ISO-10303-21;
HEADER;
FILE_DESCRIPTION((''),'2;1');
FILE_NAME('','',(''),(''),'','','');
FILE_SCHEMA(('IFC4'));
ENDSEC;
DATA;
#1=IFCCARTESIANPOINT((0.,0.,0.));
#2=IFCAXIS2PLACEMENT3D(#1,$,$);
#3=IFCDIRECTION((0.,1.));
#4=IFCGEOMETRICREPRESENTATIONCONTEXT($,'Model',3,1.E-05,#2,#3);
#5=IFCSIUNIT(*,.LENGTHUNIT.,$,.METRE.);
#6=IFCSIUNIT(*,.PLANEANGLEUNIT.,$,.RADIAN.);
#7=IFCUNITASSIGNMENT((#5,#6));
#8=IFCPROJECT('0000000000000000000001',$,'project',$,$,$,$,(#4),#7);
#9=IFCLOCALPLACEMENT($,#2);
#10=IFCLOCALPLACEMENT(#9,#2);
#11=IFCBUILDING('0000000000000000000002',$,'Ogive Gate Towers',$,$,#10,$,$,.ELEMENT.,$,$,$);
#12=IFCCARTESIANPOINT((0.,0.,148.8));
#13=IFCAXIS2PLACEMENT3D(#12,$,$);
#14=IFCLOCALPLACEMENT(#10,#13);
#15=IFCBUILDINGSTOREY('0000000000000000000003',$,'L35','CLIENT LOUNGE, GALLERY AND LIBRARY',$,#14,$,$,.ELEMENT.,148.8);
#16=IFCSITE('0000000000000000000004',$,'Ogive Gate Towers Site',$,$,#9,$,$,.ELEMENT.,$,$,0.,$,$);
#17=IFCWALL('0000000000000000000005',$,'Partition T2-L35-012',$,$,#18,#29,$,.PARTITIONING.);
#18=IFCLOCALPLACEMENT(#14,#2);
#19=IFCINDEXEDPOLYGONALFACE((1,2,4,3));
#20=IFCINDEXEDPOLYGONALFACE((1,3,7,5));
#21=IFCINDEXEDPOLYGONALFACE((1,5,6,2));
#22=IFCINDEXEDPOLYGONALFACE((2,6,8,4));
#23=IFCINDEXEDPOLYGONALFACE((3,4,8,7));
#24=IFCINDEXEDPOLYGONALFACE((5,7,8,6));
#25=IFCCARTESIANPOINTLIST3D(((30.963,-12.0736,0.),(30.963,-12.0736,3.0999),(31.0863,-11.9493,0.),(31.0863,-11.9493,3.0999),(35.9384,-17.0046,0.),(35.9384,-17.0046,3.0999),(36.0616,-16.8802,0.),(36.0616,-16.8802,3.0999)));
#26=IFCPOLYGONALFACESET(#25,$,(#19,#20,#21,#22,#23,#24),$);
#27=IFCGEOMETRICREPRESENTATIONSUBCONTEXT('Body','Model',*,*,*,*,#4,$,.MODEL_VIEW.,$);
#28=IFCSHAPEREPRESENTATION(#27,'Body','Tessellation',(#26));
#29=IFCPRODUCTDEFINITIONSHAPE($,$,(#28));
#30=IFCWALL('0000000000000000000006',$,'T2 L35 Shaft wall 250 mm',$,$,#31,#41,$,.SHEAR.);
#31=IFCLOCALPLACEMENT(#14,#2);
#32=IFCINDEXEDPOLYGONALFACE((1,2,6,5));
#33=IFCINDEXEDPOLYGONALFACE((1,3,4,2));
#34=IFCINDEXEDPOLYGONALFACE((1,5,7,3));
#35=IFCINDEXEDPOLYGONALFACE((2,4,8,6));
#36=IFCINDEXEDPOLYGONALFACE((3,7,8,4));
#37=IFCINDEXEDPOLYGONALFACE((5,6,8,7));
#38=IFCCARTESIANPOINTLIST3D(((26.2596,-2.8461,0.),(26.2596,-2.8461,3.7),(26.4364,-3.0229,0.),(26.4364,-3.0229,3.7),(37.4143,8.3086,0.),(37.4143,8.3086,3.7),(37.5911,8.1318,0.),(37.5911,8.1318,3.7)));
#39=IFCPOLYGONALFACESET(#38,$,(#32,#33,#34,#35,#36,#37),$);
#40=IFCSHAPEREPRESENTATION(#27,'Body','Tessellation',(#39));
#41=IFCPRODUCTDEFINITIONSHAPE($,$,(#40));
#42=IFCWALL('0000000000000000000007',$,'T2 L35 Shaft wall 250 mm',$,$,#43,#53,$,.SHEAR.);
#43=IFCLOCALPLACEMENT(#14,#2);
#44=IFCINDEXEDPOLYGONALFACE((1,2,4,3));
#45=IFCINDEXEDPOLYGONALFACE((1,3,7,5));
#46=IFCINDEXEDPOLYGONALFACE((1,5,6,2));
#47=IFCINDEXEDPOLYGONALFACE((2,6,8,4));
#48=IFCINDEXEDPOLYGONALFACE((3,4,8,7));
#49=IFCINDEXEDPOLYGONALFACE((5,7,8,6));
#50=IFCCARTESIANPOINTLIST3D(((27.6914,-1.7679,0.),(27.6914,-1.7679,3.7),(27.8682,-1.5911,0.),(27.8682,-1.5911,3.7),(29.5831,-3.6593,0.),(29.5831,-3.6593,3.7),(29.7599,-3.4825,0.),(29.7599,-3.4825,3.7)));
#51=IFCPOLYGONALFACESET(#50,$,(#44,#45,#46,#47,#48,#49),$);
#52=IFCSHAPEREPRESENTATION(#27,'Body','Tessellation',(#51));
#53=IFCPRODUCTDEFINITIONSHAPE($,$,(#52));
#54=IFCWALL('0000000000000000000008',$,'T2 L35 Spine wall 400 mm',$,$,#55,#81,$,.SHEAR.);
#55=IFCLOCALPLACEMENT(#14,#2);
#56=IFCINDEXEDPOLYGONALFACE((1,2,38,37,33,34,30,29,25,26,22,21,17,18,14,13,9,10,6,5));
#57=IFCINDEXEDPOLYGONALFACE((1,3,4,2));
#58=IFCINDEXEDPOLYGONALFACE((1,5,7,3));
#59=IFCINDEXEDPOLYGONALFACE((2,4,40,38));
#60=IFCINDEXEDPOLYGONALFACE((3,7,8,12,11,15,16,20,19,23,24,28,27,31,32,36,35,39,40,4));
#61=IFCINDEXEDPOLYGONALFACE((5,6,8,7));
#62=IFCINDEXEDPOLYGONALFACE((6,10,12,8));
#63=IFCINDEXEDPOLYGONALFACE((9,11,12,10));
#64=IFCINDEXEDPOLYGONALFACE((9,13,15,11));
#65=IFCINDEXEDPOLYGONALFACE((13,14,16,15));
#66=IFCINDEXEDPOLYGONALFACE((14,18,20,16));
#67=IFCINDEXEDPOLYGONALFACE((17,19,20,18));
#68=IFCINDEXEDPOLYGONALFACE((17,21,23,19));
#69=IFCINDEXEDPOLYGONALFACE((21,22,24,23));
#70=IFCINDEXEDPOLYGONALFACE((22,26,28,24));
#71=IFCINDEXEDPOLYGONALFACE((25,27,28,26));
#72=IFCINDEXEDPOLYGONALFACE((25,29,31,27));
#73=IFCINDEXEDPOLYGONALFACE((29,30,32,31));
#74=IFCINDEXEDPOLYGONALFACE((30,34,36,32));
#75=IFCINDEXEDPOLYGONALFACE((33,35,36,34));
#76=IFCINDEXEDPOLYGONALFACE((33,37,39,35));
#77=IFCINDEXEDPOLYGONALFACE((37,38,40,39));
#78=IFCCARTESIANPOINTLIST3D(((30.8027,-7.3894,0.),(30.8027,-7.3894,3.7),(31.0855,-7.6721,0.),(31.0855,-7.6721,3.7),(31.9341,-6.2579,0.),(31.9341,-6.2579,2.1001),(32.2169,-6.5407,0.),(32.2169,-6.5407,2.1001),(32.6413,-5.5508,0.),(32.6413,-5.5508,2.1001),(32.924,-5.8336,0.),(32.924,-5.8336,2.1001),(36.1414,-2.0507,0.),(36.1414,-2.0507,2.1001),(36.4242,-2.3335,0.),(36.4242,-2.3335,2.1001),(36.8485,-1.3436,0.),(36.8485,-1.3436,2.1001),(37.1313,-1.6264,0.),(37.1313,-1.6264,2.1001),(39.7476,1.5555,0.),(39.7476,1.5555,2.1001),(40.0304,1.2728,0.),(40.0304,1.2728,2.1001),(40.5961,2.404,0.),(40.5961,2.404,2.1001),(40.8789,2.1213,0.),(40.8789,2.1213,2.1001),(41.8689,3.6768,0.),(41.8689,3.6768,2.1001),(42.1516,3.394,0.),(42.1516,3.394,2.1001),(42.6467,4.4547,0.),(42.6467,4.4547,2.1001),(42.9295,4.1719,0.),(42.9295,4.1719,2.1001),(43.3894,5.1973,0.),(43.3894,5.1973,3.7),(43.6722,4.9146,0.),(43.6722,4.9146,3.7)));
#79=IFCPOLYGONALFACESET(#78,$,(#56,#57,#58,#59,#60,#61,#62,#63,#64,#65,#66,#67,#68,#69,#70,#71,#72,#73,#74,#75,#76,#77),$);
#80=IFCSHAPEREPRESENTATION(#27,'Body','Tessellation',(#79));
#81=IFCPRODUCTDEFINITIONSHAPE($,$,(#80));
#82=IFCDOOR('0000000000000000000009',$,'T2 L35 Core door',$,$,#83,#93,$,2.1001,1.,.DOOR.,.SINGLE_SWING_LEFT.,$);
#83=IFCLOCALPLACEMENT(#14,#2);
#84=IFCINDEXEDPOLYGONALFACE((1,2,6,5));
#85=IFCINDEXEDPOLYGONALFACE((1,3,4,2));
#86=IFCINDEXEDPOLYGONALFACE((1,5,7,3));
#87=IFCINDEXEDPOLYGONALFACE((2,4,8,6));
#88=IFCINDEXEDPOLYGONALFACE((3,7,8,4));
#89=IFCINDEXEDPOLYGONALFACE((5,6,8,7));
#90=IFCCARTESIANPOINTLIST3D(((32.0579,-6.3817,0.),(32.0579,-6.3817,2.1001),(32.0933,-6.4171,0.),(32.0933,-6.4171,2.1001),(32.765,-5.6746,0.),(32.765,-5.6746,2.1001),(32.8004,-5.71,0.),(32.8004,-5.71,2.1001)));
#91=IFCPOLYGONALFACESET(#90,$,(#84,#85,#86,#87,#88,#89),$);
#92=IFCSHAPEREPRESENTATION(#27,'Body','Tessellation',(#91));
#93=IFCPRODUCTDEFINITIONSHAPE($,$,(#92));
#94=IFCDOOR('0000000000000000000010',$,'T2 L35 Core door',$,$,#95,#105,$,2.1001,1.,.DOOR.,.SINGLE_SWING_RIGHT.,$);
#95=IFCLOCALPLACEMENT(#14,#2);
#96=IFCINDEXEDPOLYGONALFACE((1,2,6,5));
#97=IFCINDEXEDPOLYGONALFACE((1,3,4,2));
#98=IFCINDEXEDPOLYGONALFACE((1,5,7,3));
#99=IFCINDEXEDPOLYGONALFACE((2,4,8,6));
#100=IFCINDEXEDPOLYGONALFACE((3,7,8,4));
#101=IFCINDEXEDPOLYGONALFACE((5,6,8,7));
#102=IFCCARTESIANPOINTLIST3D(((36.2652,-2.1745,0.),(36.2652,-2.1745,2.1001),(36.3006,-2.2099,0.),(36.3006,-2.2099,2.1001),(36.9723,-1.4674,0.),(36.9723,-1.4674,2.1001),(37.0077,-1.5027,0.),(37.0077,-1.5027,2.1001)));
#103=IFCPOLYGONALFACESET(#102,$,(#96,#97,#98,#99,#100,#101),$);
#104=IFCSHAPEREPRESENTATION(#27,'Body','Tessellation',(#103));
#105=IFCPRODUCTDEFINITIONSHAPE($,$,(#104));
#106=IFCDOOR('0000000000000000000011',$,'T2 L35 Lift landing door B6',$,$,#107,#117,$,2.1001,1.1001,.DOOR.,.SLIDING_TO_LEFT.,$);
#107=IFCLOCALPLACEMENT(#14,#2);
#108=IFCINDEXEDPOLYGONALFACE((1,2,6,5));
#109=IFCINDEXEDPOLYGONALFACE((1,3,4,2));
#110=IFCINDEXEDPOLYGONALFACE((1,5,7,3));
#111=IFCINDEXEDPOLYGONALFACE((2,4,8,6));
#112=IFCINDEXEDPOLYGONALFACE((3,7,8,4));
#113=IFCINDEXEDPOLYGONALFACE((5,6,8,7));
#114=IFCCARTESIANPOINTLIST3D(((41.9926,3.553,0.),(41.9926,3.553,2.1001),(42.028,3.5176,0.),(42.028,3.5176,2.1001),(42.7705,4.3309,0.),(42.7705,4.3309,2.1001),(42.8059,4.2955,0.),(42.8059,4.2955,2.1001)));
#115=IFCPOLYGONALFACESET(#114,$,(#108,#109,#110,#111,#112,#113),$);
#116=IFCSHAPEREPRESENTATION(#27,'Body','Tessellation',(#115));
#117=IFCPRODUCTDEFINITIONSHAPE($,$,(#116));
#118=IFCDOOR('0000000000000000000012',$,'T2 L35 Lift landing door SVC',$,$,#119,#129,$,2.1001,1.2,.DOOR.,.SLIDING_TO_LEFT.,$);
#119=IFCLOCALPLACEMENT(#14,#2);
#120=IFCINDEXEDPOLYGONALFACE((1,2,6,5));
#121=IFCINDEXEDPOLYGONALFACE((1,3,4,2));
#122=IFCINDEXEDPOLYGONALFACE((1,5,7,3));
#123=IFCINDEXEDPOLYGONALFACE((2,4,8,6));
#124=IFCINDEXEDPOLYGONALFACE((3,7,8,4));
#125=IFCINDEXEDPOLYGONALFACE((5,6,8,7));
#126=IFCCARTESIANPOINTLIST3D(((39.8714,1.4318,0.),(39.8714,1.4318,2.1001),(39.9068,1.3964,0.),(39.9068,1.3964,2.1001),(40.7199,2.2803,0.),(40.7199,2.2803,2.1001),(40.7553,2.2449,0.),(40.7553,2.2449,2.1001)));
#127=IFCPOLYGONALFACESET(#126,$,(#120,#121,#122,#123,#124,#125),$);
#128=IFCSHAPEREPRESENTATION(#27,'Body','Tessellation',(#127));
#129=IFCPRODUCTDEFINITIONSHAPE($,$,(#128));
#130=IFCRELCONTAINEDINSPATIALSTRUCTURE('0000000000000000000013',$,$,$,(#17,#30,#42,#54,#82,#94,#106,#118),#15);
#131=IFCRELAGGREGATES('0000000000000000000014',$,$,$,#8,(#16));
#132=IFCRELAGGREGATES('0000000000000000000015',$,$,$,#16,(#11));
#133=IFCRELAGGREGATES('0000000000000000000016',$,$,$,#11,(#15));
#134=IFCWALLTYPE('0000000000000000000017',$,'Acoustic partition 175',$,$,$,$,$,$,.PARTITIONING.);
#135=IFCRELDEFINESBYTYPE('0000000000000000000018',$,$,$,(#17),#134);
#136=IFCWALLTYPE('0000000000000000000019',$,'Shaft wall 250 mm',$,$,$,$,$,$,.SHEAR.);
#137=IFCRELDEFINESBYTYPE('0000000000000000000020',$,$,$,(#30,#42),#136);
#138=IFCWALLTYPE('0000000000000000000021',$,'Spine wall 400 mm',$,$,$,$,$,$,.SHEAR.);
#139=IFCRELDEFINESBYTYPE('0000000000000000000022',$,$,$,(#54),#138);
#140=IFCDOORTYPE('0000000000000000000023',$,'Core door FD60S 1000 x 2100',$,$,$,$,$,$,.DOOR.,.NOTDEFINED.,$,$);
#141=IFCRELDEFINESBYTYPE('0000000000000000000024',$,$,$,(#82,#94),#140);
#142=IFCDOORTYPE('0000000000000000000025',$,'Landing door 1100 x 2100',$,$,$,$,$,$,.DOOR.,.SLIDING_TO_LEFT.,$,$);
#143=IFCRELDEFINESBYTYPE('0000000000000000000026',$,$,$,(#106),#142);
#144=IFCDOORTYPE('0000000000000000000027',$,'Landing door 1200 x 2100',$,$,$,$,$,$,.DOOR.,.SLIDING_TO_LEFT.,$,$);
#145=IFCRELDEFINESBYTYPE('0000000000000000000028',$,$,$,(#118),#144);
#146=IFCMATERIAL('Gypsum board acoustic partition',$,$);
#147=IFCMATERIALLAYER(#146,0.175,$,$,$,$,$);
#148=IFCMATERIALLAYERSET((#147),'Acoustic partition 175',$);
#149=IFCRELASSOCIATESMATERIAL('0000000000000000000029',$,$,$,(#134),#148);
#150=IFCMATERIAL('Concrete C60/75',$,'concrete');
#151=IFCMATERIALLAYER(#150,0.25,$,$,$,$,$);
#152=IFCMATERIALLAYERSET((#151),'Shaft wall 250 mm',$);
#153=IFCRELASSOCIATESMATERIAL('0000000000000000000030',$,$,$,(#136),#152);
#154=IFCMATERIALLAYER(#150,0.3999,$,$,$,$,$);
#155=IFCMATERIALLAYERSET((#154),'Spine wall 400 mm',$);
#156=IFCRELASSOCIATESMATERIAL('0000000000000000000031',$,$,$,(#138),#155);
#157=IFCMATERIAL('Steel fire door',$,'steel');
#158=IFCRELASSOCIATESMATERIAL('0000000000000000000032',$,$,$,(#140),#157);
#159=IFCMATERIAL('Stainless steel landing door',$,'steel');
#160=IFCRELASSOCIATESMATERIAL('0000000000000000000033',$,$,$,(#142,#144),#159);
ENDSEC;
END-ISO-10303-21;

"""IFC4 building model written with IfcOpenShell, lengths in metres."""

from ifc_helpers import new_model, si_unit, direction, frame, frame_2d, origin, place, context, subcontext, project, spatial, rectangle, extrude, material, layer, layer_set, type_object, element, fill, save


model = new_model("IFC4")

# Units and contexts
model_context = context("Model", 3, precision=1e-05, world=origin(), true_north=direction((0.0, 1.0)))
body_context = subcontext(model_context, "Body", "Model", "MODEL_VIEW")
ifc_project = project(units=[si_unit("LENGTHUNIT", "METRE"), si_unit("PLANEANGLEUNIT", "RADIAN")], contexts=[model_context])

# Site, building, storey
site_placement = place(None, origin())
site = spatial("IfcSite", under=ifc_project, at=site_placement, Name="Ogive Gate Towers Site", CompositionType="ELEMENT", RefElevation=0.0)
building_placement = place(site_placement, origin())
building = spatial("IfcBuilding", under=site, at=building_placement, Name="Ogive Gate Towers", CompositionType="ELEMENT")
storey_placement = place(building_placement, frame((0.0, 0.0, 148.8)))
storey = spatial("IfcBuildingStorey", under=building, at=storey_placement, Name="L35", Description="CLIENT LOUNGE, GALLERY AND LIBRARY", CompositionType="ELEMENT", Elevation=148.8)

# Shared definitions
ifc_material_1 = material(Name="Gypsum board acoustic partition")
ifc_layer_1 = layer(ifc_material_1, 0.175)
ifc_layer_set_1 = layer_set([ifc_layer_1], Name="Acoustic partition 175")
wall_type_1 = type_object("IfcWallType", Name="Acoustic partition 175", PredefinedType="PARTITIONING", material=ifc_layer_set_1)

# Walls
wall_1_placement = place(storey_placement, frame((31.0247, -12.0115, 0.0), z_axis=(0.0, 0.0, 1.0), x_axis=(0.710271, -0.703928, 0.0)))
element("IfcWall", 1, at=wall_1_placement, inside=storey, type_object=wall_type_1, Name="Partition T2-L35-012", PredefinedType="PARTITIONING", context=body_context, shape_type="SweptSolid", body=[
    extrude(rectangle(XDim=7.0049, YDim=0.175, at=frame_2d((3.5024, 0.0))), origin(), (0.0, 0.0, 1.0), 3.0999),
])
ifc_material_2 = material(Name="Concrete C60/75", Category="concrete")
ifc_layer_2 = layer(ifc_material_2, 0.25)
ifc_layer_set_2 = layer_set([ifc_layer_2], Name="Shaft wall 250 mm")
wall_type_2 = type_object("IfcWallType", Name="Shaft wall 250 mm", PredefinedType="SHEAR", material=ifc_layer_set_2)
wall_2_placement = place(storey_placement, frame((26.3479, -2.9346, 0.0), z_axis=(0.0, 0.0, 1.0), x_axis=(0.707107, 0.707107, 0.0)))
element("IfcWall", 2, at=wall_2_placement, inside=storey, type_object=wall_type_2, Name="T2 L35 Shaft wall 250 mm", PredefinedType="SHEAR", context=body_context, shape_type="SweptSolid", body=[
    extrude(rectangle(XDim=15.7751, YDim=0.25, at=frame_2d((7.8877, 0.0))), origin(), (0.0, 0.0, 1.0), 3.7),
])
wall_3_placement = place(storey_placement, frame((29.6714, -3.5708, 0.0), z_axis=(0.0, 0.0, 1.0), x_axis=(-0.707152, 0.707061, 0.0)))
element("IfcWall", 3, at=wall_3_placement, inside=storey, type_object=wall_type_2, Name="T2 L35 Shaft wall 250 mm", PredefinedType="SHEAR", context=body_context, shape_type="SweptSolid", body=[
    extrude(rectangle(XDim=2.675, YDim=0.25, at=frame_2d((1.3374, 0.0))), origin(), (0.0, 0.0, 1.0), 3.7),
])

# Wall, openings, doors
ifc_layer_3 = layer(ifc_material_2, 0.3999)
ifc_layer_set_3 = layer_set([ifc_layer_3], Name="Spine wall 400 mm")
wall_type_3 = type_object("IfcWallType", Name="Spine wall 400 mm", PredefinedType="SHEAR", material=ifc_layer_set_3)
wall_4_placement = place(storey_placement, frame((30.9441, -7.5308, 0.0), z_axis=(0.0, 0.0, 1.0), x_axis=(0.707107, 0.707107, 0.0)))
wall_4 = element("IfcWall", 4, at=wall_4_placement, inside=storey, type_object=wall_type_3, Name="T2 L35 Spine wall 400 mm", PredefinedType="SHEAR", context=body_context, shape_type="SweptSolid", body=[
    extrude(rectangle(XDim=17.8003, YDim=0.3999, at=frame_2d((8.9001, 0.0))), origin(), (0.0, 0.0, 1.0), 3.7),
])
opening_1_placement = place(wall_4_placement, frame((12.6499, 0.0, 0.0)))
opening_1 = element("IfcOpeningElement", 5, at=opening_1_placement, cuts=wall_4, PredefinedType="OPENING", context=body_context, shape_type="SweptSolid", body=[
    extrude(rectangle(XDim=1.2, YDim=2.1001, at=frame_2d((0.6001, 1.05))), frame((0.0, 0.21, 0.0), z_axis=(0.0, -1.0, 0.0), x_axis=(1.0, 0.0, 0.0)), (0.0, 0.0, 1.0), 0.4199),
])
opening_2_placement = place(wall_4_placement, frame((15.6499, 0.0, 0.0)))
opening_2 = element("IfcOpeningElement", 6, at=opening_2_placement, cuts=wall_4, PredefinedType="OPENING", context=body_context, shape_type="SweptSolid", body=[
    extrude(rectangle(XDim=1.1001, YDim=2.1001, at=frame_2d((0.55, 1.05))), frame((0.0, 0.21, 0.0), z_axis=(0.0, -1.0, 0.0), x_axis=(1.0, 0.0, 0.0)), (0.0, 0.0, 1.0), 0.4199),
])
opening_3_placement = place(wall_4_placement, frame((1.6001, 0.0, 0.0)))
opening_3 = element("IfcOpeningElement", 7, at=opening_3_placement, cuts=wall_4, PredefinedType="OPENING", context=body_context, shape_type="SweptSolid", body=[
    extrude(rectangle(XDim=1.0, YDim=2.1001, at=frame_2d((0.5, 1.05))), frame((0.0, 0.21, 0.0), z_axis=(0.0, -1.0, 0.0), x_axis=(1.0, 0.0, 0.0)), (0.0, 0.0, 1.0), 0.4199),
])
opening_4_placement = place(wall_4_placement, frame((7.55, 0.0, 0.0)))
opening_4 = element("IfcOpeningElement", 8, at=opening_4_placement, cuts=wall_4, PredefinedType="OPENING", context=body_context, shape_type="SweptSolid", body=[
    extrude(rectangle(XDim=1.0, YDim=2.1001, at=frame_2d((0.5, 1.05))), frame((0.0, 0.21, 0.0), z_axis=(0.0, -1.0, 0.0), x_axis=(1.0, 0.0, 0.0)), (0.0, 0.0, 1.0), 0.4199),
])
ifc_material_3 = material(Name="Steel fire door", Category="steel")
door_type_1 = type_object("IfcDoorType", Name="Core door FD60S 1000 x 2100", OperationType="NOTDEFINED", PredefinedType="DOOR", material=ifc_material_3)
door_1_placement = place(opening_3_placement, origin())
door_1 = element("IfcDoor", 9, at=door_1_placement, inside=storey, type_object=door_type_1, Name="T2 L35 Core door", OperationType="SINGLE_SWING_LEFT", OverallHeight=2.1001, OverallWidth=1.0, PredefinedType="DOOR", context=body_context, shape_type="SweptSolid", body=[
    extrude(rectangle(XDim=1.0, YDim=2.1001, at=frame_2d((0.5, 1.05))), frame((0.0, 0.0249, 0.0), z_axis=(0.0, -1.0, 0.0), x_axis=(1.0, 0.0, 0.0)), (0.0, 0.0, 1.0), 0.05),
])
fill(opening_3, door_1)
door_2_placement = place(opening_4_placement, origin())
door_2 = element("IfcDoor", 10, at=door_2_placement, inside=storey, type_object=door_type_1, Name="T2 L35 Core door", OperationType="SINGLE_SWING_RIGHT", OverallHeight=2.1001, OverallWidth=1.0, PredefinedType="DOOR", context=body_context, shape_type="SweptSolid", body=[
    extrude(rectangle(XDim=1.0, YDim=2.1001, at=frame_2d((0.5, 1.05))), frame((0.0, 0.0249, 0.0), z_axis=(0.0, -1.0, 0.0), x_axis=(1.0, 0.0, 0.0)), (0.0, 0.0, 1.0), 0.05),
])
fill(opening_4, door_2)
ifc_material_4 = material(Name="Stainless steel landing door", Category="steel")
door_type_2 = type_object("IfcDoorType", Name="Landing door 1100 x 2100", OperationType="SLIDING_TO_LEFT", PredefinedType="DOOR", material=ifc_material_4)
door_3_placement = place(opening_2_placement, origin())
door_3 = element("IfcDoor", 11, at=door_3_placement, inside=storey, type_object=door_type_2, Name="T2 L35 Lift landing door B6", OperationType="SLIDING_TO_LEFT", OverallHeight=2.1001, OverallWidth=1.1001, PredefinedType="DOOR", context=body_context, shape_type="SweptSolid", body=[
    extrude(rectangle(XDim=1.1001, YDim=2.1001, at=frame_2d((0.55, 1.05))), frame((0.0, 0.0249, 0.0), z_axis=(0.0, -1.0, 0.0), x_axis=(1.0, 0.0, 0.0)), (0.0, 0.0, 1.0), 0.05),
])
fill(opening_2, door_3)
door_type_3 = type_object("IfcDoorType", Name="Landing door 1200 x 2100", OperationType="SLIDING_TO_LEFT", PredefinedType="DOOR", material=ifc_material_4)
door_4_placement = place(opening_1_placement, origin())
door_4 = element("IfcDoor", 12, at=door_4_placement, inside=storey, type_object=door_type_3, Name="T2 L35 Lift landing door SVC", OperationType="SLIDING_TO_LEFT", OverallHeight=2.1001, OverallWidth=1.2, PredefinedType="DOOR", context=body_context, shape_type="SweptSolid", body=[
    extrude(rectangle(XDim=1.2, YDim=2.1001, at=frame_2d((0.6001, 1.05))), frame((0.0, 0.0249, 0.0), z_axis=(0.0, -1.0, 0.0), x_axis=(1.0, 0.0, 0.0)), (0.0, 0.0, 1.0), 0.05),
])
fill(opening_1, door_4)

save(model, "model.ifc")
